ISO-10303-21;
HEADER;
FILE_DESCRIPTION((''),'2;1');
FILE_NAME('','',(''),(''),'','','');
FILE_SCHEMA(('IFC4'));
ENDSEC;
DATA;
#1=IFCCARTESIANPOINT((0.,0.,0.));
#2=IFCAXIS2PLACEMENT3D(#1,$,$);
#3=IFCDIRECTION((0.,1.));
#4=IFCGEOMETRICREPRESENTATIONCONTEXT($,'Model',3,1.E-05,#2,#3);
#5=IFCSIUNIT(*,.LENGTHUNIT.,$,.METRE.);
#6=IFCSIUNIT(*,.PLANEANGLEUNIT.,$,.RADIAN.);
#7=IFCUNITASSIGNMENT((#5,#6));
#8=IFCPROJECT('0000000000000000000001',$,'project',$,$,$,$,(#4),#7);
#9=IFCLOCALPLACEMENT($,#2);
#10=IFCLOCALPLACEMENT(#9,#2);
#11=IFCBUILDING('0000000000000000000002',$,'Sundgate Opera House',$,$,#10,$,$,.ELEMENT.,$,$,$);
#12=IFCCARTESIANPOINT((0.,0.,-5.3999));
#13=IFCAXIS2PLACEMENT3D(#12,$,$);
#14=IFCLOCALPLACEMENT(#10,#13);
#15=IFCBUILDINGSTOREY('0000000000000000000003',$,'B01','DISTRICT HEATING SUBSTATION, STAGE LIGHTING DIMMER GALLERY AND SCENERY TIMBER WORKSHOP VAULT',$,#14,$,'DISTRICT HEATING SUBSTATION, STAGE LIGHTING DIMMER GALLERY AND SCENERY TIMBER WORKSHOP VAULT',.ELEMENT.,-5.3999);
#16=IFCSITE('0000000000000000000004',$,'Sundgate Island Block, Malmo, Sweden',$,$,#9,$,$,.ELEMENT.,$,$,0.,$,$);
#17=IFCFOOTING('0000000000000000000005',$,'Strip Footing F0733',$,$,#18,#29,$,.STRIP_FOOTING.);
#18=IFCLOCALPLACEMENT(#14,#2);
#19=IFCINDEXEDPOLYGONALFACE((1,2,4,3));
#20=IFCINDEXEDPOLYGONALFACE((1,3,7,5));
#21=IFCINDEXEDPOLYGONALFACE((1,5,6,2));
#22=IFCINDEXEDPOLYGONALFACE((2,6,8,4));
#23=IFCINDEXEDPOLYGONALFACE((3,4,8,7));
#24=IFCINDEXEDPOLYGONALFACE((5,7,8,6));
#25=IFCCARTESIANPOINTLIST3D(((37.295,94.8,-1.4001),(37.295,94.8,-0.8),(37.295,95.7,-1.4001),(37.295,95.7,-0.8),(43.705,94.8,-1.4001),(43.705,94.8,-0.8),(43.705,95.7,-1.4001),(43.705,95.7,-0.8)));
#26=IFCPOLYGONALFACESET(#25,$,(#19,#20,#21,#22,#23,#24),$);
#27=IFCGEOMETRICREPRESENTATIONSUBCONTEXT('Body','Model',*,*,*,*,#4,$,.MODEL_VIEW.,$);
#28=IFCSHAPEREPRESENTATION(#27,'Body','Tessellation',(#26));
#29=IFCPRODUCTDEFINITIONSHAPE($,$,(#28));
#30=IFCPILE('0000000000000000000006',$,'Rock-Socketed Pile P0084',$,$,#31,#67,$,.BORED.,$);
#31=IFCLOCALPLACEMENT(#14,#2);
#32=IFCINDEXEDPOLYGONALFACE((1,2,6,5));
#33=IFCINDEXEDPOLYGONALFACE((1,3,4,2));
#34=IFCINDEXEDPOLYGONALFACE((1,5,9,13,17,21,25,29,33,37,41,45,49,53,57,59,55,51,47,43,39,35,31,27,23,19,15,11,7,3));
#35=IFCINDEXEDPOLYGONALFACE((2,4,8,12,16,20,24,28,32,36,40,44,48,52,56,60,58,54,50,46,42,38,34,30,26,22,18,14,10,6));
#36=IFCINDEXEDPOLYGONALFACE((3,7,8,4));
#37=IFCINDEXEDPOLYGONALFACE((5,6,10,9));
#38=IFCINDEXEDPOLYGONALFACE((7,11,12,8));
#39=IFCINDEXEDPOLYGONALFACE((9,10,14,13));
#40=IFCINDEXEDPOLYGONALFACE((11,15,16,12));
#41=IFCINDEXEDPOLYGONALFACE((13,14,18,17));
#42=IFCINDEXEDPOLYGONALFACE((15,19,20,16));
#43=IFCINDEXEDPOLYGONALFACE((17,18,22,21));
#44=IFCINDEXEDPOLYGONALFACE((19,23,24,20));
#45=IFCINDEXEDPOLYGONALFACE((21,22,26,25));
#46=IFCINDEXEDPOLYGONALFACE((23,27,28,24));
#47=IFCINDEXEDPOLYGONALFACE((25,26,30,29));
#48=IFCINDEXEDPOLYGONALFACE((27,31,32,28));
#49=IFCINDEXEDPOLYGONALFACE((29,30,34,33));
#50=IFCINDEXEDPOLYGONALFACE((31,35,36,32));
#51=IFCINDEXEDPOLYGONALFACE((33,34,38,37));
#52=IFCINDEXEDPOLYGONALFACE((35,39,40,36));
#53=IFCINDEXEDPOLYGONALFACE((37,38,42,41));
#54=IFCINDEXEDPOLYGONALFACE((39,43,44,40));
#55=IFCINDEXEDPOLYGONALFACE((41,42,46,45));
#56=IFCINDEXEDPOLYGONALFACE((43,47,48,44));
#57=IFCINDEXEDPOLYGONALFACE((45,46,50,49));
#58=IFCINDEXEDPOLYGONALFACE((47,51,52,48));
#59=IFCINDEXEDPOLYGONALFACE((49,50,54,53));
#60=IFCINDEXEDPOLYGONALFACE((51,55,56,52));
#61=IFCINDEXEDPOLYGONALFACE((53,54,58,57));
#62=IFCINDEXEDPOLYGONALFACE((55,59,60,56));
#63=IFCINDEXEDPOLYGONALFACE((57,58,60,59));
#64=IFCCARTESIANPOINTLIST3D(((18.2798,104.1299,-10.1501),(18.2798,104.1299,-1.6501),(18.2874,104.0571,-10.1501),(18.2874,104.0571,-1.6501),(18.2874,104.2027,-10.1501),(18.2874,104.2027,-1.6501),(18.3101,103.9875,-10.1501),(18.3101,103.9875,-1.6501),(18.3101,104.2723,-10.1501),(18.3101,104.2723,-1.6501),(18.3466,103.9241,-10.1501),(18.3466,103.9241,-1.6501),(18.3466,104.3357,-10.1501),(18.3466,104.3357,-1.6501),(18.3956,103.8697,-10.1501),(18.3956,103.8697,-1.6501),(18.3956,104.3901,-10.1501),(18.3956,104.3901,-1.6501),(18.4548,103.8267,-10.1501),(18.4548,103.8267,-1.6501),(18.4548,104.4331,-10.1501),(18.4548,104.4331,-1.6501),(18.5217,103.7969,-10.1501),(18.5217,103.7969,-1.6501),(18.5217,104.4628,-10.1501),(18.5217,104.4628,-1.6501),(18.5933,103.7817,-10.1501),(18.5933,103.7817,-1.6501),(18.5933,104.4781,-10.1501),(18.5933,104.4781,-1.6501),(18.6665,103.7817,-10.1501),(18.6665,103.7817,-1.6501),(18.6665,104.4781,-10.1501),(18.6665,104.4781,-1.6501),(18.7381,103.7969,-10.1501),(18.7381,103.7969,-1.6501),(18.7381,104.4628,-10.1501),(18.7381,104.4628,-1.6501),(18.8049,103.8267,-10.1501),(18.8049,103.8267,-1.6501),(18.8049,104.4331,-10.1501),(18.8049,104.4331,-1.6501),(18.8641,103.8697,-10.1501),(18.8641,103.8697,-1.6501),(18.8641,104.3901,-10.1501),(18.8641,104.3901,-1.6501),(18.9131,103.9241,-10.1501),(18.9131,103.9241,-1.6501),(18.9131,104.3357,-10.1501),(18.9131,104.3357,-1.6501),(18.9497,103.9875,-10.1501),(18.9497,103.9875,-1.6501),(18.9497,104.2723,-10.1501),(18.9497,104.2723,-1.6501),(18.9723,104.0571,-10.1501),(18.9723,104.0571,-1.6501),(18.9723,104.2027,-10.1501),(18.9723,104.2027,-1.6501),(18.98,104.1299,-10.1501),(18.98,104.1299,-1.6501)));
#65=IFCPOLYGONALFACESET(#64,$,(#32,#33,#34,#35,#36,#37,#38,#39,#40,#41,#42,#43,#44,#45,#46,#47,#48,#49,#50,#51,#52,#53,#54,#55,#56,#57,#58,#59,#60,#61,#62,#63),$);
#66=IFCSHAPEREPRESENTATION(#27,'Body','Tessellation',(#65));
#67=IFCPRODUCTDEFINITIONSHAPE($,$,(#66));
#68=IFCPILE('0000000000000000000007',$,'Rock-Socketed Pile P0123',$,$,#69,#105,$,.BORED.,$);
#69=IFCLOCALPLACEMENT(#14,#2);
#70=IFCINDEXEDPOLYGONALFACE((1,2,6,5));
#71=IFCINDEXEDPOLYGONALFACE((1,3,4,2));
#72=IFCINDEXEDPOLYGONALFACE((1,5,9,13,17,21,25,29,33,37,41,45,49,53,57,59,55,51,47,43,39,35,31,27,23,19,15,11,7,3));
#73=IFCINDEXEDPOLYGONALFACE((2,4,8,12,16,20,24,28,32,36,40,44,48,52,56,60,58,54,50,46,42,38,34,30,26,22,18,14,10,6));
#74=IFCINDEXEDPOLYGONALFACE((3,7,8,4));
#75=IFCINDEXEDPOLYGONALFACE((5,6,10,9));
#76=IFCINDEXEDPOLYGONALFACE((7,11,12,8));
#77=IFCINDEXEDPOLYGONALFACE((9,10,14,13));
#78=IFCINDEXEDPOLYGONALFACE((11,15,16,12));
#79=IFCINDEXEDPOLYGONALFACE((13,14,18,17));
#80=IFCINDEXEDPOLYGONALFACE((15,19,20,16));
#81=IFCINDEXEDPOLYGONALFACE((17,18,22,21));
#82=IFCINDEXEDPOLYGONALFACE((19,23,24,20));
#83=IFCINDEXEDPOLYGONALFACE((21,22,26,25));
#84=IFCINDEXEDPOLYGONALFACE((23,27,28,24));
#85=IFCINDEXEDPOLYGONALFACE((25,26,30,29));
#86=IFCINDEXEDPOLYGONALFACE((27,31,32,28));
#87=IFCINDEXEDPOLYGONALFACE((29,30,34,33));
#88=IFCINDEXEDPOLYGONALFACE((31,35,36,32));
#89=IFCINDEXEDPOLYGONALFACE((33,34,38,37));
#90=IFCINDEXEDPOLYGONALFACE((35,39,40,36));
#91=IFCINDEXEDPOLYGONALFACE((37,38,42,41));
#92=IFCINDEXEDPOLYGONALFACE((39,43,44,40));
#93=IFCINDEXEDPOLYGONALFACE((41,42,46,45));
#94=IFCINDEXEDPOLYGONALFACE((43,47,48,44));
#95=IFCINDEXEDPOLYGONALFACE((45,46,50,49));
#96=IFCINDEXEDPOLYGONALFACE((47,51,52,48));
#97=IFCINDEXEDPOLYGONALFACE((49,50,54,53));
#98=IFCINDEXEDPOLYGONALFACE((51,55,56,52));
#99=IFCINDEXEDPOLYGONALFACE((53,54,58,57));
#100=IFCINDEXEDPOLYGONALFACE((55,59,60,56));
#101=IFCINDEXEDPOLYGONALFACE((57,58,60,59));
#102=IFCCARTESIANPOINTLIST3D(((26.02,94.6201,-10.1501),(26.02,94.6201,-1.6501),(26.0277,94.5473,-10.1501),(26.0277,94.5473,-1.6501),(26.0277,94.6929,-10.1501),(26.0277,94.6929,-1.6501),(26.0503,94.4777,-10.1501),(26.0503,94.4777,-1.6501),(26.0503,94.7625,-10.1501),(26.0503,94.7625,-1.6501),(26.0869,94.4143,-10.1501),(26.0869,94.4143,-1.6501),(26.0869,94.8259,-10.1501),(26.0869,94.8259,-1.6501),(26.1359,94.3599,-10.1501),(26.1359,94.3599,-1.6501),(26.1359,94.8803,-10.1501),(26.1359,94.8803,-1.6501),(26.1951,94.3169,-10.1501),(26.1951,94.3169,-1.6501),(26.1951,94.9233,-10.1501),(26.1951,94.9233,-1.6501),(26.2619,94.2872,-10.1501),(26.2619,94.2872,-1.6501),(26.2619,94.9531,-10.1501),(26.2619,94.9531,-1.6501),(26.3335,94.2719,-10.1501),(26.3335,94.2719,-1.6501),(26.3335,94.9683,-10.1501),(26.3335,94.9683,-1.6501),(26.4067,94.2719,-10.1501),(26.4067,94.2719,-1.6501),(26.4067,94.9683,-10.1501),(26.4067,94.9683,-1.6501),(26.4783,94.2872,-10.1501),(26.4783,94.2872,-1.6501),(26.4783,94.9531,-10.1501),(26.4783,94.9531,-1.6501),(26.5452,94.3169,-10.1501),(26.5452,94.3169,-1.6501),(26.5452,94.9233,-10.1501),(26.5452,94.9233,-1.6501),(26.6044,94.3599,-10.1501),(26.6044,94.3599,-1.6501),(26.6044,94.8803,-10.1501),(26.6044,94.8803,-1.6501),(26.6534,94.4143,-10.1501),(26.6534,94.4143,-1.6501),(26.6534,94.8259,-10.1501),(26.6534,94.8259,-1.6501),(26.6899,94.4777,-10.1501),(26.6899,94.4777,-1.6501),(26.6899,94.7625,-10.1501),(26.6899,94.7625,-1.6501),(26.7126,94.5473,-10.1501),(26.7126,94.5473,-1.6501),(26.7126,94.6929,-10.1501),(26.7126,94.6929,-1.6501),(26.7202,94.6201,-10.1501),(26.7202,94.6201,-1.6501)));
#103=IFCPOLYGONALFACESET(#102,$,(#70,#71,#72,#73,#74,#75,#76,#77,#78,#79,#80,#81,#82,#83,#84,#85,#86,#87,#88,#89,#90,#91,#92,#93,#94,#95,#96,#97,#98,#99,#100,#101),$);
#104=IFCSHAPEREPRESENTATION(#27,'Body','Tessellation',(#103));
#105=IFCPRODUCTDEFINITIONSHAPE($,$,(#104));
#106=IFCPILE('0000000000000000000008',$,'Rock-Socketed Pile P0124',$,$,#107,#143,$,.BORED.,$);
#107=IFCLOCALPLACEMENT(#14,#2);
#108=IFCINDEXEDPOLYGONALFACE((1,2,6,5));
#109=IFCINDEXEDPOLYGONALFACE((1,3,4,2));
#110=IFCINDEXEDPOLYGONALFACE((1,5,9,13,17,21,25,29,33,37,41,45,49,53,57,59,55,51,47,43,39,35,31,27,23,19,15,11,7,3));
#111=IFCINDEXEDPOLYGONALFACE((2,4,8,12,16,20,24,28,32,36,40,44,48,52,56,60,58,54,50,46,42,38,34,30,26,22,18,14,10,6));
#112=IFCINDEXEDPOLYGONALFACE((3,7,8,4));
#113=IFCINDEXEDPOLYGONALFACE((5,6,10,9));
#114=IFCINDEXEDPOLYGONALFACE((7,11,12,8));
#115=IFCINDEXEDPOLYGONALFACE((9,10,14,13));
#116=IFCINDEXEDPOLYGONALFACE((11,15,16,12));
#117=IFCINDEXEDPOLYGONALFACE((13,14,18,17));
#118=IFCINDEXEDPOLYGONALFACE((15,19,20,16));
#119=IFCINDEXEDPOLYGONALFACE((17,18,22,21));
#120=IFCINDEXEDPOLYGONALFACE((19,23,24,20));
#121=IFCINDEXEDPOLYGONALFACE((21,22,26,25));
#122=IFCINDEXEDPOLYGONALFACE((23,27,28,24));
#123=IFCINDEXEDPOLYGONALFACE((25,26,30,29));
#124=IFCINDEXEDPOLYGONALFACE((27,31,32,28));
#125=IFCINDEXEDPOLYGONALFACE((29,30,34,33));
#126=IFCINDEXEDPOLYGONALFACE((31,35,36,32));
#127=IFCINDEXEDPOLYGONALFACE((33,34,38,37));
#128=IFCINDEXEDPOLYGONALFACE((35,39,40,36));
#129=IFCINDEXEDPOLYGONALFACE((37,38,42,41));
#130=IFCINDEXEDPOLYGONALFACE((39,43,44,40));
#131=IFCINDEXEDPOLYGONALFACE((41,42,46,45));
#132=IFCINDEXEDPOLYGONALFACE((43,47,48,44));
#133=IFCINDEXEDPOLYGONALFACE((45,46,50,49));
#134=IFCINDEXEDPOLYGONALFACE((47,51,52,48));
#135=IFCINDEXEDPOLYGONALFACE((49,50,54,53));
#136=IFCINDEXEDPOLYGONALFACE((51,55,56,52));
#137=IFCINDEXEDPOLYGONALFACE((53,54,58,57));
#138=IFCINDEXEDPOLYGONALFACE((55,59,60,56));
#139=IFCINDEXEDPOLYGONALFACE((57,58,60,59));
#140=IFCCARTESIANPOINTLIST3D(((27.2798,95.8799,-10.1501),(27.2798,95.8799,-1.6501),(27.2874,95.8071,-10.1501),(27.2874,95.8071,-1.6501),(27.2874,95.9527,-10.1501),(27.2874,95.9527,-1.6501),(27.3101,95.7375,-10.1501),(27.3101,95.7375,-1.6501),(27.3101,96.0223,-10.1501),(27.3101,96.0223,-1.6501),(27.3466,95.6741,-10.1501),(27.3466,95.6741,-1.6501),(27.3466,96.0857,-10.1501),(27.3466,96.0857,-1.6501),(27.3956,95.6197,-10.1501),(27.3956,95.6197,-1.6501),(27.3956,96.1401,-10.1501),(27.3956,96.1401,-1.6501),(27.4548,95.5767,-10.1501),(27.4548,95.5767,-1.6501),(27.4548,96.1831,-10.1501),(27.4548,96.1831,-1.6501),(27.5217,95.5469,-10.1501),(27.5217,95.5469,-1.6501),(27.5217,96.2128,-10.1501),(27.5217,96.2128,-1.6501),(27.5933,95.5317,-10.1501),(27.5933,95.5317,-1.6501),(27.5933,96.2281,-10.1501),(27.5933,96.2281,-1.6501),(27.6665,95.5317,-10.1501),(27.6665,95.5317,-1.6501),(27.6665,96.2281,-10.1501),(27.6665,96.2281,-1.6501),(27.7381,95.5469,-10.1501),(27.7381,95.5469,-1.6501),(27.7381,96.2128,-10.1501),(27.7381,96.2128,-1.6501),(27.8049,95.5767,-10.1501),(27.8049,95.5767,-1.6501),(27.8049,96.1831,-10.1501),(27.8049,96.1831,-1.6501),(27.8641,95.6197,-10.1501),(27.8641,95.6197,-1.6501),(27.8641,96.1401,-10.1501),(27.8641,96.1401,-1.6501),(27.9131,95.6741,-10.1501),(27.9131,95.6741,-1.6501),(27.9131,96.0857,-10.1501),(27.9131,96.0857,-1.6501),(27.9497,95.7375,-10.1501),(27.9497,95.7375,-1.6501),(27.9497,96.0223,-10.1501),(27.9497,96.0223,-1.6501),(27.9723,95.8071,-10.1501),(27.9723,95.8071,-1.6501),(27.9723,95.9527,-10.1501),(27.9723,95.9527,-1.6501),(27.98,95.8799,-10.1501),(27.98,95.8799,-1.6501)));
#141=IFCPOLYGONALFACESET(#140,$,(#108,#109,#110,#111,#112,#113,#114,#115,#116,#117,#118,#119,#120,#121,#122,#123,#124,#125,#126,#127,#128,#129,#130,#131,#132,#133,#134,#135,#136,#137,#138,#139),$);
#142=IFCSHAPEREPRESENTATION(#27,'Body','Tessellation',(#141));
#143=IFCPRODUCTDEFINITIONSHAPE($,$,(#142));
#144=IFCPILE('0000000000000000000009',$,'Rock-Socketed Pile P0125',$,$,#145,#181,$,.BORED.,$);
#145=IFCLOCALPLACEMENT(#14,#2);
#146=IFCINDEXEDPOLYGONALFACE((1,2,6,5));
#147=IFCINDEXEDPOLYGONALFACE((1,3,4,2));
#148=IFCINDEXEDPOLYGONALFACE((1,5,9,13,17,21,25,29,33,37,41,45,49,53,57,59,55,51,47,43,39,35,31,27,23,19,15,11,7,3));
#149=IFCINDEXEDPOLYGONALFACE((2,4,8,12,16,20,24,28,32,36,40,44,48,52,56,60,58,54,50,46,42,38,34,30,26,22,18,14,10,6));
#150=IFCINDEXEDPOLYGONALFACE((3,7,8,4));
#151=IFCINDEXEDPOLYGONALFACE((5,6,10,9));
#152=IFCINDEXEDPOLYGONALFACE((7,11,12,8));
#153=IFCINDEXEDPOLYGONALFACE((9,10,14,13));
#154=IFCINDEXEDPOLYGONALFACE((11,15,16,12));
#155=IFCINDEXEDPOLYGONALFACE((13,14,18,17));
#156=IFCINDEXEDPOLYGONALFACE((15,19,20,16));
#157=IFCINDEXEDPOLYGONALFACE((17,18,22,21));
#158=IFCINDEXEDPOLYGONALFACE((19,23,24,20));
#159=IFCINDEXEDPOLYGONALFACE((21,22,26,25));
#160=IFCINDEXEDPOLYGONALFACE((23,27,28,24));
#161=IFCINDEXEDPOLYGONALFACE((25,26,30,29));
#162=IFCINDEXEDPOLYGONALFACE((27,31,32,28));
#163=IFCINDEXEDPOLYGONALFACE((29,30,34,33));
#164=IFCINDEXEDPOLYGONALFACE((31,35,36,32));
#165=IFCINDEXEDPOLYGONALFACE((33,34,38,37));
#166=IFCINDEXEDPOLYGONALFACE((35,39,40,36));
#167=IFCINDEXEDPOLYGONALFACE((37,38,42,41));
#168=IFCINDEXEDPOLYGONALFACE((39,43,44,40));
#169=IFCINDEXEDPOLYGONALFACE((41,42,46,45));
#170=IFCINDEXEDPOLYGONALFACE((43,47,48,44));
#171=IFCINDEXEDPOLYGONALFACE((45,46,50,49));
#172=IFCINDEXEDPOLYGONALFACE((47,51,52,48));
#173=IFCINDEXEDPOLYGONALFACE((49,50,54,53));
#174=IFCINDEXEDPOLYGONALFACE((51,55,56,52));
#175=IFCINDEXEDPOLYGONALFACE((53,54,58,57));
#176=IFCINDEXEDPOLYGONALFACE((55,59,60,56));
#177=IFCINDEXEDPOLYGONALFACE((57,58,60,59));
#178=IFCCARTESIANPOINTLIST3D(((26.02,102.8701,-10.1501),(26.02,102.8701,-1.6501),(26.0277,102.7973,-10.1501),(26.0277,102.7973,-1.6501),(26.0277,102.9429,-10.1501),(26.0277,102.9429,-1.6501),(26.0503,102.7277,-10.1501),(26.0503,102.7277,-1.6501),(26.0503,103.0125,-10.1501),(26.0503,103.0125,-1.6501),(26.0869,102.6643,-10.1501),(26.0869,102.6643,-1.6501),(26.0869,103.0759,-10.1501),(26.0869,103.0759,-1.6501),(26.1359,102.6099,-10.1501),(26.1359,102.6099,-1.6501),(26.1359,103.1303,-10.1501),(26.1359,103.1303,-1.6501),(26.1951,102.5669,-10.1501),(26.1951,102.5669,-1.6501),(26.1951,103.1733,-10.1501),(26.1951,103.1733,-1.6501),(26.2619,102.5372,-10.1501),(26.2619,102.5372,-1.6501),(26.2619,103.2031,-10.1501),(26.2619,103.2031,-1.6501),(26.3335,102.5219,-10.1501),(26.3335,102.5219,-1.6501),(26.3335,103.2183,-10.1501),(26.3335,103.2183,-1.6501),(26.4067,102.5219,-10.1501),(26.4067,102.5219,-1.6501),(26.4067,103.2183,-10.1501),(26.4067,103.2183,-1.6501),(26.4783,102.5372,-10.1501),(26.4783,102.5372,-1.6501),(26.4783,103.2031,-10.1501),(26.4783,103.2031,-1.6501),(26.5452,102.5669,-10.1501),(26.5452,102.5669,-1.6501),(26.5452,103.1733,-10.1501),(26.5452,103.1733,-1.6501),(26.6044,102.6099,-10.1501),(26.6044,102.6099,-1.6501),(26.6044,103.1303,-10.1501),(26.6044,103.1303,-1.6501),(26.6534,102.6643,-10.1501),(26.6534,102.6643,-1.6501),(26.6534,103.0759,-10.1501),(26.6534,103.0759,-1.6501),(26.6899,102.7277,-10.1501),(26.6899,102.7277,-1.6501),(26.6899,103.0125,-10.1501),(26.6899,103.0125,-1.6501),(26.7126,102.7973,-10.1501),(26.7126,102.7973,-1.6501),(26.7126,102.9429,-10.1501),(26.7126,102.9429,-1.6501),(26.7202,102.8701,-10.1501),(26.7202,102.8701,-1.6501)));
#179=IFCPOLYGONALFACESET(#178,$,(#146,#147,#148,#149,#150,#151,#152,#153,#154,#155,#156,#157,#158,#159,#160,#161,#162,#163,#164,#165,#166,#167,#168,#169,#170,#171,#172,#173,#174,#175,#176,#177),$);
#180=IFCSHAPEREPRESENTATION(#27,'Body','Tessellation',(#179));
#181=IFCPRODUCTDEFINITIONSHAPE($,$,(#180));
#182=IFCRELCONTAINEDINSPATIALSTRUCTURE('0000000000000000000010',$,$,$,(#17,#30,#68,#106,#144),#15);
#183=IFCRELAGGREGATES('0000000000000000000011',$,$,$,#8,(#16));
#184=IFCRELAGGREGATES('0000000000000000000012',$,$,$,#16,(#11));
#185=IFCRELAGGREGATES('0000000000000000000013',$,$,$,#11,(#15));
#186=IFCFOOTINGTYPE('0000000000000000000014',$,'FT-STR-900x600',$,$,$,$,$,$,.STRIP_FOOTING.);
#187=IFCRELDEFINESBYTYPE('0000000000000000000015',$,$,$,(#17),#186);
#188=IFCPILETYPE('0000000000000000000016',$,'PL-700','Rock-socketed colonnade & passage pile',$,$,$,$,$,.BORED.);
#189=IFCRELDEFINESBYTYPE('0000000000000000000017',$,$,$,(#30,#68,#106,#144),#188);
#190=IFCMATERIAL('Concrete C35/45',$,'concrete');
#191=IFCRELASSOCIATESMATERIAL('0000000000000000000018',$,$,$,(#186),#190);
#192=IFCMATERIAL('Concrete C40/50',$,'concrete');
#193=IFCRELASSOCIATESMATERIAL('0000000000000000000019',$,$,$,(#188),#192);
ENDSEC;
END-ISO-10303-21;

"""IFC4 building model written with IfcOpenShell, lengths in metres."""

from ifc_helpers import new_model, si_unit, direction, frame, origin, origin_2d, place, context, subcontext, project, spatial, rectangle, circle, extrude, material, material_profile, profile_set, type_object, element, save


model = new_model("IFC4")

# Units and contexts
model_context = context("Model", 3, precision=1e-05, world=origin(), true_north=direction((0.0, 1.0)))
body_context = subcontext(model_context, "Body", "Model", "MODEL_VIEW")
ifc_project = project(units=[si_unit("LENGTHUNIT", "METRE"), si_unit("PLANEANGLEUNIT", "RADIAN")], contexts=[model_context])

# Site, building, storey
site_placement = place(None, origin())
site = spatial("IfcSite", under=ifc_project, at=site_placement, Name="Sundgate Island Block, Malmo, Sweden", CompositionType="ELEMENT", RefElevation=0.0)
building_placement = place(site_placement, origin())
building = spatial("IfcBuilding", under=site, at=building_placement, Name="Sundgate Opera House", CompositionType="ELEMENT")
storey_placement = place(building_placement, frame((0.0, 0.0, -5.3999)))
storey = spatial("IfcBuildingStorey", under=building, at=storey_placement, Name="B01", Description="DISTRICT HEATING SUBSTATION, STAGE LIGHTING DIMMER GALLERY AND SCENERY TIMBER WORKSHOP VAULT", LongName="DISTRICT HEATING SUBSTATION, STAGE LIGHTING DIMMER GALLERY AND SCENERY TIMBER WORKSHOP VAULT", CompositionType="ELEMENT", Elevation=-5.3999)

# Footing
ifc_material_1 = material(Name="Concrete C35/45", Category="concrete")
footing_type_1 = type_object("IfcFootingType", Name="FT-STR-900x600", PredefinedType="STRIP_FOOTING", material=ifc_material_1)
footing_1_placement = place(storey_placement, frame((40.5, 95.25, -1.4001), z_axis=(0.0, 0.0, 1.0), x_axis=(1.0, 0.0, 0.0)))
element("IfcFooting", 1, at=footing_1_placement, inside=storey, type_object=footing_type_1, Name="Strip Footing F0733", PredefinedType="STRIP_FOOTING", context=body_context, shape_type="SweptSolid", body=[
    extrude(rectangle(XDim=6.4099, YDim=0.8999, at=origin_2d()), origin(), (0.0, 0.0, 1.0), 0.6001),
])

# Piles
ifc_material_2 = material(Name="Concrete C40/50", Category="concrete")
ifc_material_profile_1 = material_profile(ifc_material_2, circle(Radius=0.3501, at=origin_2d()), Name="PILE D700")
ifc_profile_set_1 = profile_set([ifc_material_profile_1], Name="Concrete C40/50")
pile_type = type_object("IfcPileType", Name="PL-700", Description="Rock-socketed colonnade & passage pile", PredefinedType="BORED", material=ifc_profile_set_1)
for number, where, z_axis, x_axis, name in (
    (2, (18.6299, 104.1299, -1.6501), (0.0, 0.0, -1.0), (1.0, 0.0, 0.0), "Rock-Socketed Pile P0084"),
    (3, (26.3701, 94.6201, -1.6501), (0.0, 0.0, -1.0), (1.0, 0.0, 0.0), "Rock-Socketed Pile P0123"),
    (4, (27.6299, 95.8799, -1.6501), (0.0, 0.0, -1.0), (1.0, 0.0, 0.0), "Rock-Socketed Pile P0124"),
    (5, (26.3701, 102.8701, -1.6501), (0.0, 0.0, -1.0), (1.0, 0.0, 0.0), "Rock-Socketed Pile P0125"),
):
    element("IfcPile", number, at=place(storey_placement, frame(where, z_axis=z_axis, x_axis=x_axis)), inside=storey, type_object=pile_type, Name=name, PredefinedType="BORED", context=body_context, shape_type="SweptSolid", body=[
        extrude(circle(Radius=0.3501, at=origin_2d()), origin(), (0.0, 0.0, 1.0), 8.5),
    ])

save(model, "model.ifc")
